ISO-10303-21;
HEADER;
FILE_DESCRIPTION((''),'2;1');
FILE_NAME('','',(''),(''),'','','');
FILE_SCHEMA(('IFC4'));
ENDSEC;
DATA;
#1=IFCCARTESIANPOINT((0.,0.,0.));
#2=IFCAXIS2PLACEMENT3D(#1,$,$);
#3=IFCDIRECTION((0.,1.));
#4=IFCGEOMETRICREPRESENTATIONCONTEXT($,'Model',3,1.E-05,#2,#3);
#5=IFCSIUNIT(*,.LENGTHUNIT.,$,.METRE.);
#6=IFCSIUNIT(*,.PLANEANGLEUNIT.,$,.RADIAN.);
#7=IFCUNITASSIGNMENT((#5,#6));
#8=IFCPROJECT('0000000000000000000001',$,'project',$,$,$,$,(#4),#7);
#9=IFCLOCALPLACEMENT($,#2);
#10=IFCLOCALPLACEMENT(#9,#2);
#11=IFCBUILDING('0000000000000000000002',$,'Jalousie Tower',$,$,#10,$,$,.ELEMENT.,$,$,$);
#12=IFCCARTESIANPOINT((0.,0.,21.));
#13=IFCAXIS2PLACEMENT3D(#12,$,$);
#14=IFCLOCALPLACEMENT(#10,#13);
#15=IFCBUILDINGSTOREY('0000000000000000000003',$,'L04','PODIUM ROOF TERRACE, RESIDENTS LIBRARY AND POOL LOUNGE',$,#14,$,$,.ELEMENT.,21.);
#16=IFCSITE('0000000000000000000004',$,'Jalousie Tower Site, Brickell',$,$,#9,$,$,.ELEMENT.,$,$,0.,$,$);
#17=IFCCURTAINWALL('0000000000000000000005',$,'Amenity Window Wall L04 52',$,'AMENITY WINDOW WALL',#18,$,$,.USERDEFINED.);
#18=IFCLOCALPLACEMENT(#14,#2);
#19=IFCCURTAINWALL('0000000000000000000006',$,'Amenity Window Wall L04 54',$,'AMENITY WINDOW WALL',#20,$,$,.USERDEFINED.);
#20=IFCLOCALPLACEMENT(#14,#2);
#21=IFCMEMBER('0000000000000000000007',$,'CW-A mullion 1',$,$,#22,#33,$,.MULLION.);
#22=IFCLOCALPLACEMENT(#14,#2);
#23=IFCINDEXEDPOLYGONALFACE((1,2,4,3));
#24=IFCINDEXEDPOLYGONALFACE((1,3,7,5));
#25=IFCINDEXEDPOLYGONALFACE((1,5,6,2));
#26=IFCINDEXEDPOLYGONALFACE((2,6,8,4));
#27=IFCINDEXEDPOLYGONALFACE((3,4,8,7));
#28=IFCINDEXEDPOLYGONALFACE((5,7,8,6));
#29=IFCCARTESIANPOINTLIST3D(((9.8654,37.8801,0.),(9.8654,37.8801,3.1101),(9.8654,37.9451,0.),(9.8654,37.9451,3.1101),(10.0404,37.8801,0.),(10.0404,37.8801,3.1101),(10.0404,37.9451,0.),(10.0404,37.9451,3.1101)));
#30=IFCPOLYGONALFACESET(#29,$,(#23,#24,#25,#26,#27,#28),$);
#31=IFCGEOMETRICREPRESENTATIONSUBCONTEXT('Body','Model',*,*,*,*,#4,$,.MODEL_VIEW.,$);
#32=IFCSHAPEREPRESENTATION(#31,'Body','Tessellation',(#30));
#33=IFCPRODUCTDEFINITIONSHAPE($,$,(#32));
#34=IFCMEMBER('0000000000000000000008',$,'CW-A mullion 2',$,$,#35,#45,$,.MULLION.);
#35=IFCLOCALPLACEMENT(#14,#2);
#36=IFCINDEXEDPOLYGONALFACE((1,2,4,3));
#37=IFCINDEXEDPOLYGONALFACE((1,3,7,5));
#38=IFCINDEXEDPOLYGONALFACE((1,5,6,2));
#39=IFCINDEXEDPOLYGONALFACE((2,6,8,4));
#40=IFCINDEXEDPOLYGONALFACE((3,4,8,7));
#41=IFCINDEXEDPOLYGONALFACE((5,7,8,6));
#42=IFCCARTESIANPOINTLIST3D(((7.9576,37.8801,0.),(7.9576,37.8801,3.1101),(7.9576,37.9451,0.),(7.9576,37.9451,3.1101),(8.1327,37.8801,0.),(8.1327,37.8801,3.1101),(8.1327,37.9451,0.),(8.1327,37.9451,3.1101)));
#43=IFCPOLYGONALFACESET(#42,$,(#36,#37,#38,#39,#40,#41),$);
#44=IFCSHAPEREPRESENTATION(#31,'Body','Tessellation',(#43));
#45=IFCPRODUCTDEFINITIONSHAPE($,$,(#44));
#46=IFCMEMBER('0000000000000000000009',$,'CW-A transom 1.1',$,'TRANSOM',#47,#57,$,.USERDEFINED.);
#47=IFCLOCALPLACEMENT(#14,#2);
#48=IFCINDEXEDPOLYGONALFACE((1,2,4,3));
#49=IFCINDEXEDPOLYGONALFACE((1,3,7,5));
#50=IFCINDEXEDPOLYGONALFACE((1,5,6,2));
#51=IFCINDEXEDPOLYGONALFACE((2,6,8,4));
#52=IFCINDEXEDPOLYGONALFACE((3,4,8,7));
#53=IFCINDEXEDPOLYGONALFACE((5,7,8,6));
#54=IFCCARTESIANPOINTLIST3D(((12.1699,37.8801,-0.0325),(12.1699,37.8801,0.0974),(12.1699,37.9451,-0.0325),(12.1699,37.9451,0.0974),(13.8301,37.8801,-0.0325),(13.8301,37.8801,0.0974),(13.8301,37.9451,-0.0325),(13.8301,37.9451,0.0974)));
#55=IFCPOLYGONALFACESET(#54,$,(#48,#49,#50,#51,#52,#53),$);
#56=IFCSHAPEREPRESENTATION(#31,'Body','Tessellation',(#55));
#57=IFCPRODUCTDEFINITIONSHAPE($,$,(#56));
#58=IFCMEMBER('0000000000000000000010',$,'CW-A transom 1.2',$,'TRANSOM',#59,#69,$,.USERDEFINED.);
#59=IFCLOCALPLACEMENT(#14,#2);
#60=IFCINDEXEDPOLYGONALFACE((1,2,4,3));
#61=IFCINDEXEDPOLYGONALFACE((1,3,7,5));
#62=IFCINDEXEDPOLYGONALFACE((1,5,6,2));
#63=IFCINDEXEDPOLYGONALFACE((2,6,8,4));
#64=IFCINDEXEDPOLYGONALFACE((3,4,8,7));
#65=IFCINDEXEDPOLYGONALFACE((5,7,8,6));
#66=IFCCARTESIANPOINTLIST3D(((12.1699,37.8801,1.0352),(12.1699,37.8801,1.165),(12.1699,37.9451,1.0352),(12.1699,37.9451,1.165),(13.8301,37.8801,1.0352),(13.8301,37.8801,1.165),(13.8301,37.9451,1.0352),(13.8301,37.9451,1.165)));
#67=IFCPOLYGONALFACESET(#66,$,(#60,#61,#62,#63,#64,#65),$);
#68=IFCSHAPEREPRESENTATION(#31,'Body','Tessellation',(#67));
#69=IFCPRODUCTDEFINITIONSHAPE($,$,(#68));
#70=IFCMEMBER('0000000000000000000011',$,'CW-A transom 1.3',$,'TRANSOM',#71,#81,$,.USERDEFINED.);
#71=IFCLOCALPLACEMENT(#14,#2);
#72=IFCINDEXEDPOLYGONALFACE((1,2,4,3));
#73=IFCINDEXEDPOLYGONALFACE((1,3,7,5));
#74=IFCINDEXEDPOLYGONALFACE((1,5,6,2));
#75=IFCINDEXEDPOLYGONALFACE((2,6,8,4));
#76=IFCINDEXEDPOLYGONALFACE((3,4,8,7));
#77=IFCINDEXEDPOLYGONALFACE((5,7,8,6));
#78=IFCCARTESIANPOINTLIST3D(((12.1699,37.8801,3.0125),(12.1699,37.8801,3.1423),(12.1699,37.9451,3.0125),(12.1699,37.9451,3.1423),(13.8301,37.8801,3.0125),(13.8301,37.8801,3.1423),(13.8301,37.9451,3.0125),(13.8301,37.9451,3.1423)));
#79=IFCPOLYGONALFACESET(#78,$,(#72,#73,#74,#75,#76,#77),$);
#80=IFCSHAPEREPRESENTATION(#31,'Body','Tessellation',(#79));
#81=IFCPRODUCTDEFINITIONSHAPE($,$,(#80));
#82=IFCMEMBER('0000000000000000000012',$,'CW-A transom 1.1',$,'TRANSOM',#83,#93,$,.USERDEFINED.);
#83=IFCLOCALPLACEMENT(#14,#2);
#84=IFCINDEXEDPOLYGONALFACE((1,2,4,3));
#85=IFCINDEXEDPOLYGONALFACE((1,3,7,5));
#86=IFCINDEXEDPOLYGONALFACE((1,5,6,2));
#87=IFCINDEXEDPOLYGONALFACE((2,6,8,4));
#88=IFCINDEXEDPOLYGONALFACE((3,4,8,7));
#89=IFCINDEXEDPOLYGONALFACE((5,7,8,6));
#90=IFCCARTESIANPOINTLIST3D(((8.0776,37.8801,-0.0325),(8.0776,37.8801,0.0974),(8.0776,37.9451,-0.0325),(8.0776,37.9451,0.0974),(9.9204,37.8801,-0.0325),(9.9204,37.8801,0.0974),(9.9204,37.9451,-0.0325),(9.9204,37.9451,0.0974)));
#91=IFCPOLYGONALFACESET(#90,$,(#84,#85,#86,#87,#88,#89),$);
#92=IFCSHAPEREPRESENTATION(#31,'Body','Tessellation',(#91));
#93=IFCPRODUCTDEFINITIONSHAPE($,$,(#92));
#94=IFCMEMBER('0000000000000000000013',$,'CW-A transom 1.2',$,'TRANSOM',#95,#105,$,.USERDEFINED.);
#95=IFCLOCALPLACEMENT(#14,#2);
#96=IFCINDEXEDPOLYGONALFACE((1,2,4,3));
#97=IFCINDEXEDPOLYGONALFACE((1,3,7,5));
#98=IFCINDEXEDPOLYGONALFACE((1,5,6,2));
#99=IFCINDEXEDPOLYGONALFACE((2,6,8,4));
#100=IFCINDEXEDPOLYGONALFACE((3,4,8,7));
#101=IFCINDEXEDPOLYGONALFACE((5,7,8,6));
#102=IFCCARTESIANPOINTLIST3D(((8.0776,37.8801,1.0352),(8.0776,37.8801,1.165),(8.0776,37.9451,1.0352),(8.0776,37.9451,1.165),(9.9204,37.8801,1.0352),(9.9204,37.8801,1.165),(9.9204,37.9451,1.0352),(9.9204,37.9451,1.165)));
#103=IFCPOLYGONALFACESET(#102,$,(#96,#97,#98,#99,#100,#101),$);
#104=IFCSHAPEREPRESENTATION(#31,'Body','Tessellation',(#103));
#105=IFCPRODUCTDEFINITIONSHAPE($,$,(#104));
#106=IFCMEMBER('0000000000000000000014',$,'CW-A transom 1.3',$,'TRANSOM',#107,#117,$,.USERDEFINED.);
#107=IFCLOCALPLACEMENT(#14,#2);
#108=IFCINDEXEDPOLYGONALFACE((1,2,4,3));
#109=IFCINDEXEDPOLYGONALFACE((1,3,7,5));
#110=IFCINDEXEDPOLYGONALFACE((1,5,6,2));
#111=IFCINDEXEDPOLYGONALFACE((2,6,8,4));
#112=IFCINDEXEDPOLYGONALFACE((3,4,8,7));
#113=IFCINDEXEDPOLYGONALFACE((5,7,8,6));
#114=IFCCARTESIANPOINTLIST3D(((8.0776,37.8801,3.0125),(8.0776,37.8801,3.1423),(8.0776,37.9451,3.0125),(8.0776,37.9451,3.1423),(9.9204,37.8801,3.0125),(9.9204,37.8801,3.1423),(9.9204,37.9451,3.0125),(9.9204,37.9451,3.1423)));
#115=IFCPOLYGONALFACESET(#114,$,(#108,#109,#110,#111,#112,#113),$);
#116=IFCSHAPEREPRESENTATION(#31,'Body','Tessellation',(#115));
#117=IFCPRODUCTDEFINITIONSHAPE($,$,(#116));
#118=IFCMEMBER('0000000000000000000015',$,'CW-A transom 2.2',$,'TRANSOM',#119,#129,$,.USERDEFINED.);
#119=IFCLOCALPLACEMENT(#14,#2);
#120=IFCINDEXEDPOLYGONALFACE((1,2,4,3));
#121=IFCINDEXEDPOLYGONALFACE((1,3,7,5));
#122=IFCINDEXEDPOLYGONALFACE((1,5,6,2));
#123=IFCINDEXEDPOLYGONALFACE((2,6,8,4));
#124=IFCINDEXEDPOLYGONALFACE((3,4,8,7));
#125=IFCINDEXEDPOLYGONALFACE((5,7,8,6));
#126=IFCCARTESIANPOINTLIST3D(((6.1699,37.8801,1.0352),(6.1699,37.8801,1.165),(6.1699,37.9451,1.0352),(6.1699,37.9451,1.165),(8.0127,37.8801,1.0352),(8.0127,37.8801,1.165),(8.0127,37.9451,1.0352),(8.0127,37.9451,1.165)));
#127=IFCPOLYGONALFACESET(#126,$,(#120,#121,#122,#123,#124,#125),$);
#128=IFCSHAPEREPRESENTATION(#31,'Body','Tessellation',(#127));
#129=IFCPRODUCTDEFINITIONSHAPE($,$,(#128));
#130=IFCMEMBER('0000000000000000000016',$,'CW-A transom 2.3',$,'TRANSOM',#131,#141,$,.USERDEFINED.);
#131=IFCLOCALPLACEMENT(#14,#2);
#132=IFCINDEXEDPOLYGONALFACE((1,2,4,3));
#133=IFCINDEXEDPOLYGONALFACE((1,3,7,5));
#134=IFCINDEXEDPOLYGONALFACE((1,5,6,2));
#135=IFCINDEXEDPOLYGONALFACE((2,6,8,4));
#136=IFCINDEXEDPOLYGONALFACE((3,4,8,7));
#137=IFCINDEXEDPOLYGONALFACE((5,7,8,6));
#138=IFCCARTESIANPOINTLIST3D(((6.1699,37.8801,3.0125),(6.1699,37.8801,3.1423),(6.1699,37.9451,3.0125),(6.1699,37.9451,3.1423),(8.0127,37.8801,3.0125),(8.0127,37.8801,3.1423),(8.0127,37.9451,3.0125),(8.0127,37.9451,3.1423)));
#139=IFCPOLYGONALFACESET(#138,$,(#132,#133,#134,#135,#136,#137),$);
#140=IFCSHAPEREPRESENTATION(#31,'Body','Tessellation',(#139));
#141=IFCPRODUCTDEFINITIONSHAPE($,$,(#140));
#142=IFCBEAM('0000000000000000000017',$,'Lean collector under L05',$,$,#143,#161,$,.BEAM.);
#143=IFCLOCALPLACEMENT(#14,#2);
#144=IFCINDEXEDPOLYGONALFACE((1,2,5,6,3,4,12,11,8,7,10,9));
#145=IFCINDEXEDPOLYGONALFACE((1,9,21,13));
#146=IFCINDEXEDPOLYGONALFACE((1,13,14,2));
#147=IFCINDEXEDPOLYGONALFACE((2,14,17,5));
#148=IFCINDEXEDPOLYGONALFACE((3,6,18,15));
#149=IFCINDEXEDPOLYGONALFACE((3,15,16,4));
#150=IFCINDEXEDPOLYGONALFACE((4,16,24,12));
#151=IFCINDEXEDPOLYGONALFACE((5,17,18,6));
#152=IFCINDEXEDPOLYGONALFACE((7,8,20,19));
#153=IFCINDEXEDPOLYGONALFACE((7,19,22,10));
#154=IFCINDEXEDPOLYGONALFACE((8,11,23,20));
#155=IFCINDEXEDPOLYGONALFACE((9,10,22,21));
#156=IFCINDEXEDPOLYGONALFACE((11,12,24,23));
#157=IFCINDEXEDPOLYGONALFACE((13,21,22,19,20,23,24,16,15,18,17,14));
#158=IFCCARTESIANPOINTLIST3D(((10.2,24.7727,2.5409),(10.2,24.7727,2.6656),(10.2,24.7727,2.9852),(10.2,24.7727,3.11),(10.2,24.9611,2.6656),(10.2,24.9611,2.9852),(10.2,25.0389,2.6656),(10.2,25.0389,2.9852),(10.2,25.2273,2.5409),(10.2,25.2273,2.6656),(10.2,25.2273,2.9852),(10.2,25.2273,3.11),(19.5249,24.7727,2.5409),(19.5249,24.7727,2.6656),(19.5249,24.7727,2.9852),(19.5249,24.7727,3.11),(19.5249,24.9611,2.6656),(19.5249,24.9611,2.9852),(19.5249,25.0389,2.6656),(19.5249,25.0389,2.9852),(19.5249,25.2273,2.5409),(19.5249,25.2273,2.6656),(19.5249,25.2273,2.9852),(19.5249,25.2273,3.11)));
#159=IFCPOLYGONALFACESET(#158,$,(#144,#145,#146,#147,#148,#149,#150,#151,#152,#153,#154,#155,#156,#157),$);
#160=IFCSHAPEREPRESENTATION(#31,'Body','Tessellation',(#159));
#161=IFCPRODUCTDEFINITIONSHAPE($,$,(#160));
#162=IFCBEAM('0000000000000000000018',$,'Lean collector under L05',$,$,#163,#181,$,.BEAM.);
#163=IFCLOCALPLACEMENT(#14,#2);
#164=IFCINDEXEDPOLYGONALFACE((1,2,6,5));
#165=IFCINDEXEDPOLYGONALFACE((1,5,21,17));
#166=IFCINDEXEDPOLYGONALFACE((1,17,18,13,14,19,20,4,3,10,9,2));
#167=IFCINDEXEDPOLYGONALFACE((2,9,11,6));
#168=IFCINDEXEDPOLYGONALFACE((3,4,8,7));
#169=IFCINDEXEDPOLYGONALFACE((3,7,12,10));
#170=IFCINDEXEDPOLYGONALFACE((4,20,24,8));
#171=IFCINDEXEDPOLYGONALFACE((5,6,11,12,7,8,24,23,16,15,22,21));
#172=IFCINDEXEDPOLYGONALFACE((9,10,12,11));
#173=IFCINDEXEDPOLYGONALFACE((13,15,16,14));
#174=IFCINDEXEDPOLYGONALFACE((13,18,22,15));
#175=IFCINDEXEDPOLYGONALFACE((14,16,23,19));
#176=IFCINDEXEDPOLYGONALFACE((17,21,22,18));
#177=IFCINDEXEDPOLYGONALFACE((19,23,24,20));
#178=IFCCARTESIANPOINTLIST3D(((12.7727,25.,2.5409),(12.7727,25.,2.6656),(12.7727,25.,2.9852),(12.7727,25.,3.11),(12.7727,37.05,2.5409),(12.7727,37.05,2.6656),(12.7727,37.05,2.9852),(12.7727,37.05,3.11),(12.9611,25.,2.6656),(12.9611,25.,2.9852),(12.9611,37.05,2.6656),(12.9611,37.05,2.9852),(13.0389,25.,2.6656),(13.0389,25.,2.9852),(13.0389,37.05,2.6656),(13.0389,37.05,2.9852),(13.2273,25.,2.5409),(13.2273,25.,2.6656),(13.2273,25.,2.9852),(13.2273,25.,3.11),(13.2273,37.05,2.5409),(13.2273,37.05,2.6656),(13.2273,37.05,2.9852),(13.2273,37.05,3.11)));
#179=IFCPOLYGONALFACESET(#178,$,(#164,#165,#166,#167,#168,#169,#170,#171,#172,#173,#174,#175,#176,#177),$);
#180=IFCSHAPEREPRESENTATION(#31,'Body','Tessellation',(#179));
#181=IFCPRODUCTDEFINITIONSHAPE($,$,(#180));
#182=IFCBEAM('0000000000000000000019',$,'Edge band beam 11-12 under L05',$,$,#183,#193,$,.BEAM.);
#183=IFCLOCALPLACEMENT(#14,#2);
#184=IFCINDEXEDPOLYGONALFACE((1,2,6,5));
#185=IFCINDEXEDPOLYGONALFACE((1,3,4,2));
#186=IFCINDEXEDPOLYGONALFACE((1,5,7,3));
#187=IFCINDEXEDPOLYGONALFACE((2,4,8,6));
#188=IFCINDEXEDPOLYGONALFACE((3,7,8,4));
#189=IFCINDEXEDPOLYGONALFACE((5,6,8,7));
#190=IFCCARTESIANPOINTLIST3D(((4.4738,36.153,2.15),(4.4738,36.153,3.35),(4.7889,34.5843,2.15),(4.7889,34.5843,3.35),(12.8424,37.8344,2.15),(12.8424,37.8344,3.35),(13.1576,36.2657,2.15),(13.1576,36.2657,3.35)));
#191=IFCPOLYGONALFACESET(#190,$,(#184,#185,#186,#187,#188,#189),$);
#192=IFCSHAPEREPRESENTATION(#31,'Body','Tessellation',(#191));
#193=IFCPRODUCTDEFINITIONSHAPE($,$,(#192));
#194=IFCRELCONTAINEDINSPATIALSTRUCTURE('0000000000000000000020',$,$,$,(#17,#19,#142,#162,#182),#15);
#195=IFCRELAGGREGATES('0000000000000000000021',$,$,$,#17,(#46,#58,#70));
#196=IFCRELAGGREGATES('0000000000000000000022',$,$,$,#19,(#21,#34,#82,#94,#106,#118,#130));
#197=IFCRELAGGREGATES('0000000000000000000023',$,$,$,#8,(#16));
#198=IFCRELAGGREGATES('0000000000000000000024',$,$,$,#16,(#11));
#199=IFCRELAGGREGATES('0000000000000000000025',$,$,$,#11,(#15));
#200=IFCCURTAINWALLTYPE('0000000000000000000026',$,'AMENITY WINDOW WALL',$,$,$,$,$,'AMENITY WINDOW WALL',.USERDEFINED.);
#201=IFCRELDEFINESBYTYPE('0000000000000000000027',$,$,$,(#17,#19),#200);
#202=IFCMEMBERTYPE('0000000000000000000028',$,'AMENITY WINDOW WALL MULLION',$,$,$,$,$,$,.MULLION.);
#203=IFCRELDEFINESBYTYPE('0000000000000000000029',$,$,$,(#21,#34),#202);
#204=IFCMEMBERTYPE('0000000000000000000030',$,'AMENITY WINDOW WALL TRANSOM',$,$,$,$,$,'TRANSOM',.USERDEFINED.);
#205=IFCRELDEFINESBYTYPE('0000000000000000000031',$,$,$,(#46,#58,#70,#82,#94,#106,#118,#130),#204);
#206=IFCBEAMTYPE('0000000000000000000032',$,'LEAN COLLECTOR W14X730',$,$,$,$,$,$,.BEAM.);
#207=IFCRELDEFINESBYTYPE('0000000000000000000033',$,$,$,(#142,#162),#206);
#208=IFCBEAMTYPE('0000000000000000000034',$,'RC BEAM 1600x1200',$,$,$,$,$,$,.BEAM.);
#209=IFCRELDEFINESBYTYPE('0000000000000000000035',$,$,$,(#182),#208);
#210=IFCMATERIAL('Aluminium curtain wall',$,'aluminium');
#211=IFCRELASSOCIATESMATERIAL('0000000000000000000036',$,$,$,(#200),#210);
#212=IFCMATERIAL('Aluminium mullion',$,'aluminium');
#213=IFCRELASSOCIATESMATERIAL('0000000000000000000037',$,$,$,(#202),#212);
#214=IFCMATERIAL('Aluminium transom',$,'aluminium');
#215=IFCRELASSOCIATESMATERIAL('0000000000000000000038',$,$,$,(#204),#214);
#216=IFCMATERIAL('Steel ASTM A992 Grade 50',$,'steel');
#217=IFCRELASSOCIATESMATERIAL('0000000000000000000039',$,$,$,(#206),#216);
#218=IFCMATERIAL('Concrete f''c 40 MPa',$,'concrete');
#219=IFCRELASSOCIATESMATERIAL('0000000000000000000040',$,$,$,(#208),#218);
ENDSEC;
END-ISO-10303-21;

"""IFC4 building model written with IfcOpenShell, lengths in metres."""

from ifc_helpers import new_model, si_unit, direction, frame, origin, origin_2d, place, context, subcontext, project, spatial, rectangle, i_section, extrude, material, material_profile, profile_set, type_object, element, aggregate, save


model = new_model("IFC4")

# Units and contexts
model_context = context("Model", 3, precision=1e-05, world=origin(), true_north=direction((0.0, 1.0)))
body_context = subcontext(model_context, "Body", "Model", "MODEL_VIEW")
ifc_project = project(units=[si_unit("LENGTHUNIT", "METRE"), si_unit("PLANEANGLEUNIT", "RADIAN")], contexts=[model_context])

# Site, building, storey
site_placement = place(None, origin())
site = spatial("IfcSite", under=ifc_project, at=site_placement, Name="Jalousie Tower Site, Brickell", CompositionType="ELEMENT", RefElevation=0.0)
building_placement = place(site_placement, origin())
building = spatial("IfcBuilding", under=site, at=building_placement, Name="Jalousie Tower", CompositionType="ELEMENT")
storey_placement = place(building_placement, frame((0.0, 0.0, 21.0)))
storey = spatial("IfcBuildingStorey", under=building, at=storey_placement, Name="L04", Description="PODIUM ROOF TERRACE, RESIDENTS LIBRARY AND POOL LOUNGE", CompositionType="ELEMENT", Elevation=21.0)

# Shared definitions
ifc_material_1 = material(Name="Aluminium curtain wall", Category="aluminium")
curtain_wall_type_1 = type_object("IfcCurtainWallType", Name="AMENITY WINDOW WALL", ElementType="AMENITY WINDOW WALL", PredefinedType="USERDEFINED", material=ifc_material_1)
ifc_material_2 = material(Name="Aluminium mullion", Category="aluminium")
ifc_material_profile_1 = material_profile(ifc_material_2, rectangle(XDim=0.0649, YDim=0.175, at=origin_2d()), Name="MULLION 65x175")
ifc_profile_set_1 = profile_set([ifc_material_profile_1], Name="Aluminium mullion")
member_type_1 = type_object("IfcMemberType", Name="AMENITY WINDOW WALL MULLION", PredefinedType="MULLION", material=ifc_profile_set_1)

# Curtain walls, members
curtain_wall_1_placement = place(storey_placement, origin())
curtain_wall_1 = element("IfcCurtainWall", 1, at=curtain_wall_1_placement, inside=storey, type_object=curtain_wall_type_1, Name="Amenity Window Wall L04 52", ObjectType="AMENITY WINDOW WALL", PredefinedType="USERDEFINED")
curtain_wall_2_placement = place(storey_placement, origin())
curtain_wall_2 = element("IfcCurtainWall", 2, at=curtain_wall_2_placement, inside=storey, type_object=curtain_wall_type_1, Name="Amenity Window Wall L04 54", ObjectType="AMENITY WINDOW WALL", PredefinedType="USERDEFINED")
member_1_placement = place(storey_placement, frame((9.9529, 37.9126, 0.0), z_axis=(0.0, 0.0, 1.0), x_axis=(0.0, -1.0, 0.0)))
member_1 = element("IfcMember", 3, at=member_1_placement, type_object=member_type_1, Name="CW-A mullion 1", PredefinedType="MULLION", context=body_context, shape_type="SweptSolid", body=[
    extrude(rectangle(XDim=0.0649, YDim=0.175, at=origin_2d()), origin(), (0.0, 0.0, 1.0), 3.1101),
])
member_2_placement = place(storey_placement, frame((8.0452, 37.9126, 0.0), z_axis=(0.0, 0.0, 1.0), x_axis=(0.0, -1.0, 0.0)))
member_2 = element("IfcMember", 4, at=member_2_placement, type_object=member_type_1, Name="CW-A mullion 2", PredefinedType="MULLION", context=body_context, shape_type="SweptSolid", body=[
    extrude(rectangle(XDim=0.0649, YDim=0.175, at=origin_2d()), origin(), (0.0, 0.0, 1.0), 3.1101),
])

# Members
ifc_material_3 = material(Name="Aluminium transom", Category="aluminium")
ifc_material_profile_2 = material_profile(ifc_material_3, rectangle(XDim=0.0649, YDim=0.1299, at=origin_2d()), Name="TRANSOM 65x130")
ifc_profile_set_2 = profile_set([ifc_material_profile_2], Name="Aluminium transom")
member_type_2 = type_object("IfcMemberType", Name="AMENITY WINDOW WALL TRANSOM", ElementType="TRANSOM", PredefinedType="USERDEFINED", material=ifc_profile_set_2)
member_3_placement = place(storey_placement, frame((13.8301, 37.9126, 0.0325), z_axis=(-1.0, 0.0, 0.0), x_axis=(0.0, -1.0, 0.0)))
member_3 = element("IfcMember", 5, at=member_3_placement, type_object=member_type_2, Name="CW-A transom 1.1", ObjectType="TRANSOM", PredefinedType="USERDEFINED", context=body_context, shape_type="SweptSolid", body=[
    extrude(rectangle(XDim=0.0649, YDim=0.1299, at=origin_2d()), origin(), (0.0, 0.0, 1.0), 1.6602),
])
member_4_placement = place(storey_placement, frame((13.8301, 37.9126, 1.1001), z_axis=(-1.0, 0.0, 0.0), x_axis=(0.0, -1.0, 0.0)))
member_4 = element("IfcMember", 6, at=member_4_placement, type_object=member_type_2, Name="CW-A transom 1.2", ObjectType="TRANSOM", PredefinedType="USERDEFINED", context=body_context, shape_type="SweptSolid", body=[
    extrude(rectangle(XDim=0.0649, YDim=0.1299, at=origin_2d()), origin(), (0.0, 0.0, 1.0), 1.6602),
])
member_5_placement = place(storey_placement, frame((13.8301, 37.9126, 3.0774), z_axis=(-1.0, 0.0, 0.0), x_axis=(0.0, -1.0, 0.0)))
member_5 = element("IfcMember", 7, at=member_5_placement, type_object=member_type_2, Name="CW-A transom 1.3", ObjectType="TRANSOM", PredefinedType="USERDEFINED", context=body_context, shape_type="SweptSolid", body=[
    extrude(rectangle(XDim=0.0649, YDim=0.1299, at=origin_2d()), origin(), (0.0, 0.0, 1.0), 1.6602),
])
member_6_placement = place(storey_placement, frame((9.9204, 37.9126, 0.0325), z_axis=(-1.0, 0.0, 0.0), x_axis=(0.0, -1.0, 0.0)))
member_6 = element("IfcMember", 8, at=member_6_placement, type_object=member_type_2, Name="CW-A transom 1.1", ObjectType="TRANSOM", PredefinedType="USERDEFINED", context=body_context, shape_type="SweptSolid", body=[
    extrude(rectangle(XDim=0.0649, YDim=0.1299, at=origin_2d()), origin(), (0.0, 0.0, 1.0), 1.8428),
])
member_7_placement = place(storey_placement, frame((9.9204, 37.9126, 1.1001), z_axis=(-1.0, 0.0, 0.0), x_axis=(0.0, -1.0, 0.0)))
member_7 = element("IfcMember", 9, at=member_7_placement, type_object=member_type_2, Name="CW-A transom 1.2", ObjectType="TRANSOM", PredefinedType="USERDEFINED", context=body_context, shape_type="SweptSolid", body=[
    extrude(rectangle(XDim=0.0649, YDim=0.1299, at=origin_2d()), origin(), (0.0, 0.0, 1.0), 1.8428),
])
member_8_placement = place(storey_placement, frame((9.9204, 37.9126, 3.0774), z_axis=(-1.0, 0.0, 0.0), x_axis=(0.0, -1.0, 0.0)))
member_8 = element("IfcMember", 10, at=member_8_placement, type_object=member_type_2, Name="CW-A transom 1.3", ObjectType="TRANSOM", PredefinedType="USERDEFINED", context=body_context, shape_type="SweptSolid", body=[
    extrude(rectangle(XDim=0.0649, YDim=0.1299, at=origin_2d()), origin(), (0.0, 0.0, 1.0), 1.8428),
])
member_9_placement = place(storey_placement, frame((8.0127, 37.9126, 1.1001), z_axis=(-1.0, 0.0, 0.0), x_axis=(0.0, -1.0, 0.0)))
member_9 = element("IfcMember", 11, at=member_9_placement, type_object=member_type_2, Name="CW-A transom 2.2", ObjectType="TRANSOM", PredefinedType="USERDEFINED", context=body_context, shape_type="SweptSolid", body=[
    extrude(rectangle(XDim=0.0649, YDim=0.1299, at=origin_2d()), origin(), (0.0, 0.0, 1.0), 1.8428),
])
member_10_placement = place(storey_placement, frame((8.0127, 37.9126, 3.0774), z_axis=(-1.0, 0.0, 0.0), x_axis=(0.0, -1.0, 0.0)))
member_10 = element("IfcMember", 12, at=member_10_placement, type_object=member_type_2, Name="CW-A transom 2.3", ObjectType="TRANSOM", PredefinedType="USERDEFINED", context=body_context, shape_type="SweptSolid", body=[
    extrude(rectangle(XDim=0.0649, YDim=0.1299, at=origin_2d()), origin(), (0.0, 0.0, 1.0), 1.8428),
])

# Beams
ifc_material_4 = material(Name="Steel ASTM A992 Grade 50", Category="steel")
ifc_material_profile_3 = material_profile(ifc_material_4, i_section(OverallWidth=0.4546, OverallDepth=0.5691, WebThickness=0.0779, FlangeThickness=0.1248, at=origin_2d()), Name="W14X730")
ifc_profile_set_3 = profile_set([ifc_material_profile_3], Name="Steel ASTM A992 Grade 50")
beam_type_1 = type_object("IfcBeamType", Name="LEAN COLLECTOR W14X730", PredefinedType="BEAM", material=ifc_profile_set_3)
beam_1_placement = place(storey_placement, frame((10.2, 25.0, 2.8254), z_axis=(1.0, 0.0, 0.0), x_axis=(0.0, 1.0, 0.0)))
element("IfcBeam", 13, at=beam_1_placement, inside=storey, type_object=beam_type_1, Name="Lean collector under L05", PredefinedType="BEAM", context=body_context, shape_type="SweptSolid", body=[
    extrude(i_section(OverallWidth=0.4546, OverallDepth=0.5691, WebThickness=0.0779, FlangeThickness=0.1248, at=origin_2d()), origin(), (0.0, 0.0, 1.0), 9.325),
])
beam_2_placement = place(storey_placement, frame((13.0, 37.05, 2.8254), z_axis=(0.0, -1.0, 0.0), x_axis=(1.0, 0.0, 0.0)))
element("IfcBeam", 14, at=beam_2_placement, inside=storey, type_object=beam_type_1, Name="Lean collector under L05", PredefinedType="BEAM", context=body_context, shape_type="SweptSolid", body=[
    extrude(i_section(OverallWidth=0.4546, OverallDepth=0.5691, WebThickness=0.0779, FlangeThickness=0.1248, at=origin_2d()), origin(), (0.0, 0.0, 1.0), 12.05),
])
ifc_material_5 = material(Name="Concrete f'c 40 MPa", Category="concrete")
ifc_material_profile_4 = material_profile(ifc_material_5, rectangle(XDim=1.6001, YDim=1.2, at=origin_2d()), Name="RC 1600x1200")
ifc_profile_set_4 = profile_set([ifc_material_profile_4], Name="Concrete f'c 40 MPa")
beam_type_2 = type_object("IfcBeamType", Name="RC BEAM 1600x1200", PredefinedType="BEAM", material=ifc_profile_set_4)
beam_3_placement = place(storey_placement, frame((13.0, 37.05, 2.75), z_axis=(-0.980408, -0.19698, 0.0), x_axis=(0.19698, -0.980408, 0.0)))
element("IfcBeam", 15, at=beam_3_placement, inside=storey, type_object=beam_type_2, Name="Edge band beam 11-12 under L05", PredefinedType="BEAM", context=body_context, shape_type="SweptSolid", body=[
    extrude(rectangle(XDim=1.6001, YDim=1.2, at=origin_2d()), origin(), (0.0, 0.0, 1.0), 8.5359),
])

aggregate(curtain_wall_1, [member_3, member_4, member_5])
aggregate(curtain_wall_2, [member_1, member_2, member_6, member_7, member_8, member_9, member_10])

save(model, "model.ifc")
